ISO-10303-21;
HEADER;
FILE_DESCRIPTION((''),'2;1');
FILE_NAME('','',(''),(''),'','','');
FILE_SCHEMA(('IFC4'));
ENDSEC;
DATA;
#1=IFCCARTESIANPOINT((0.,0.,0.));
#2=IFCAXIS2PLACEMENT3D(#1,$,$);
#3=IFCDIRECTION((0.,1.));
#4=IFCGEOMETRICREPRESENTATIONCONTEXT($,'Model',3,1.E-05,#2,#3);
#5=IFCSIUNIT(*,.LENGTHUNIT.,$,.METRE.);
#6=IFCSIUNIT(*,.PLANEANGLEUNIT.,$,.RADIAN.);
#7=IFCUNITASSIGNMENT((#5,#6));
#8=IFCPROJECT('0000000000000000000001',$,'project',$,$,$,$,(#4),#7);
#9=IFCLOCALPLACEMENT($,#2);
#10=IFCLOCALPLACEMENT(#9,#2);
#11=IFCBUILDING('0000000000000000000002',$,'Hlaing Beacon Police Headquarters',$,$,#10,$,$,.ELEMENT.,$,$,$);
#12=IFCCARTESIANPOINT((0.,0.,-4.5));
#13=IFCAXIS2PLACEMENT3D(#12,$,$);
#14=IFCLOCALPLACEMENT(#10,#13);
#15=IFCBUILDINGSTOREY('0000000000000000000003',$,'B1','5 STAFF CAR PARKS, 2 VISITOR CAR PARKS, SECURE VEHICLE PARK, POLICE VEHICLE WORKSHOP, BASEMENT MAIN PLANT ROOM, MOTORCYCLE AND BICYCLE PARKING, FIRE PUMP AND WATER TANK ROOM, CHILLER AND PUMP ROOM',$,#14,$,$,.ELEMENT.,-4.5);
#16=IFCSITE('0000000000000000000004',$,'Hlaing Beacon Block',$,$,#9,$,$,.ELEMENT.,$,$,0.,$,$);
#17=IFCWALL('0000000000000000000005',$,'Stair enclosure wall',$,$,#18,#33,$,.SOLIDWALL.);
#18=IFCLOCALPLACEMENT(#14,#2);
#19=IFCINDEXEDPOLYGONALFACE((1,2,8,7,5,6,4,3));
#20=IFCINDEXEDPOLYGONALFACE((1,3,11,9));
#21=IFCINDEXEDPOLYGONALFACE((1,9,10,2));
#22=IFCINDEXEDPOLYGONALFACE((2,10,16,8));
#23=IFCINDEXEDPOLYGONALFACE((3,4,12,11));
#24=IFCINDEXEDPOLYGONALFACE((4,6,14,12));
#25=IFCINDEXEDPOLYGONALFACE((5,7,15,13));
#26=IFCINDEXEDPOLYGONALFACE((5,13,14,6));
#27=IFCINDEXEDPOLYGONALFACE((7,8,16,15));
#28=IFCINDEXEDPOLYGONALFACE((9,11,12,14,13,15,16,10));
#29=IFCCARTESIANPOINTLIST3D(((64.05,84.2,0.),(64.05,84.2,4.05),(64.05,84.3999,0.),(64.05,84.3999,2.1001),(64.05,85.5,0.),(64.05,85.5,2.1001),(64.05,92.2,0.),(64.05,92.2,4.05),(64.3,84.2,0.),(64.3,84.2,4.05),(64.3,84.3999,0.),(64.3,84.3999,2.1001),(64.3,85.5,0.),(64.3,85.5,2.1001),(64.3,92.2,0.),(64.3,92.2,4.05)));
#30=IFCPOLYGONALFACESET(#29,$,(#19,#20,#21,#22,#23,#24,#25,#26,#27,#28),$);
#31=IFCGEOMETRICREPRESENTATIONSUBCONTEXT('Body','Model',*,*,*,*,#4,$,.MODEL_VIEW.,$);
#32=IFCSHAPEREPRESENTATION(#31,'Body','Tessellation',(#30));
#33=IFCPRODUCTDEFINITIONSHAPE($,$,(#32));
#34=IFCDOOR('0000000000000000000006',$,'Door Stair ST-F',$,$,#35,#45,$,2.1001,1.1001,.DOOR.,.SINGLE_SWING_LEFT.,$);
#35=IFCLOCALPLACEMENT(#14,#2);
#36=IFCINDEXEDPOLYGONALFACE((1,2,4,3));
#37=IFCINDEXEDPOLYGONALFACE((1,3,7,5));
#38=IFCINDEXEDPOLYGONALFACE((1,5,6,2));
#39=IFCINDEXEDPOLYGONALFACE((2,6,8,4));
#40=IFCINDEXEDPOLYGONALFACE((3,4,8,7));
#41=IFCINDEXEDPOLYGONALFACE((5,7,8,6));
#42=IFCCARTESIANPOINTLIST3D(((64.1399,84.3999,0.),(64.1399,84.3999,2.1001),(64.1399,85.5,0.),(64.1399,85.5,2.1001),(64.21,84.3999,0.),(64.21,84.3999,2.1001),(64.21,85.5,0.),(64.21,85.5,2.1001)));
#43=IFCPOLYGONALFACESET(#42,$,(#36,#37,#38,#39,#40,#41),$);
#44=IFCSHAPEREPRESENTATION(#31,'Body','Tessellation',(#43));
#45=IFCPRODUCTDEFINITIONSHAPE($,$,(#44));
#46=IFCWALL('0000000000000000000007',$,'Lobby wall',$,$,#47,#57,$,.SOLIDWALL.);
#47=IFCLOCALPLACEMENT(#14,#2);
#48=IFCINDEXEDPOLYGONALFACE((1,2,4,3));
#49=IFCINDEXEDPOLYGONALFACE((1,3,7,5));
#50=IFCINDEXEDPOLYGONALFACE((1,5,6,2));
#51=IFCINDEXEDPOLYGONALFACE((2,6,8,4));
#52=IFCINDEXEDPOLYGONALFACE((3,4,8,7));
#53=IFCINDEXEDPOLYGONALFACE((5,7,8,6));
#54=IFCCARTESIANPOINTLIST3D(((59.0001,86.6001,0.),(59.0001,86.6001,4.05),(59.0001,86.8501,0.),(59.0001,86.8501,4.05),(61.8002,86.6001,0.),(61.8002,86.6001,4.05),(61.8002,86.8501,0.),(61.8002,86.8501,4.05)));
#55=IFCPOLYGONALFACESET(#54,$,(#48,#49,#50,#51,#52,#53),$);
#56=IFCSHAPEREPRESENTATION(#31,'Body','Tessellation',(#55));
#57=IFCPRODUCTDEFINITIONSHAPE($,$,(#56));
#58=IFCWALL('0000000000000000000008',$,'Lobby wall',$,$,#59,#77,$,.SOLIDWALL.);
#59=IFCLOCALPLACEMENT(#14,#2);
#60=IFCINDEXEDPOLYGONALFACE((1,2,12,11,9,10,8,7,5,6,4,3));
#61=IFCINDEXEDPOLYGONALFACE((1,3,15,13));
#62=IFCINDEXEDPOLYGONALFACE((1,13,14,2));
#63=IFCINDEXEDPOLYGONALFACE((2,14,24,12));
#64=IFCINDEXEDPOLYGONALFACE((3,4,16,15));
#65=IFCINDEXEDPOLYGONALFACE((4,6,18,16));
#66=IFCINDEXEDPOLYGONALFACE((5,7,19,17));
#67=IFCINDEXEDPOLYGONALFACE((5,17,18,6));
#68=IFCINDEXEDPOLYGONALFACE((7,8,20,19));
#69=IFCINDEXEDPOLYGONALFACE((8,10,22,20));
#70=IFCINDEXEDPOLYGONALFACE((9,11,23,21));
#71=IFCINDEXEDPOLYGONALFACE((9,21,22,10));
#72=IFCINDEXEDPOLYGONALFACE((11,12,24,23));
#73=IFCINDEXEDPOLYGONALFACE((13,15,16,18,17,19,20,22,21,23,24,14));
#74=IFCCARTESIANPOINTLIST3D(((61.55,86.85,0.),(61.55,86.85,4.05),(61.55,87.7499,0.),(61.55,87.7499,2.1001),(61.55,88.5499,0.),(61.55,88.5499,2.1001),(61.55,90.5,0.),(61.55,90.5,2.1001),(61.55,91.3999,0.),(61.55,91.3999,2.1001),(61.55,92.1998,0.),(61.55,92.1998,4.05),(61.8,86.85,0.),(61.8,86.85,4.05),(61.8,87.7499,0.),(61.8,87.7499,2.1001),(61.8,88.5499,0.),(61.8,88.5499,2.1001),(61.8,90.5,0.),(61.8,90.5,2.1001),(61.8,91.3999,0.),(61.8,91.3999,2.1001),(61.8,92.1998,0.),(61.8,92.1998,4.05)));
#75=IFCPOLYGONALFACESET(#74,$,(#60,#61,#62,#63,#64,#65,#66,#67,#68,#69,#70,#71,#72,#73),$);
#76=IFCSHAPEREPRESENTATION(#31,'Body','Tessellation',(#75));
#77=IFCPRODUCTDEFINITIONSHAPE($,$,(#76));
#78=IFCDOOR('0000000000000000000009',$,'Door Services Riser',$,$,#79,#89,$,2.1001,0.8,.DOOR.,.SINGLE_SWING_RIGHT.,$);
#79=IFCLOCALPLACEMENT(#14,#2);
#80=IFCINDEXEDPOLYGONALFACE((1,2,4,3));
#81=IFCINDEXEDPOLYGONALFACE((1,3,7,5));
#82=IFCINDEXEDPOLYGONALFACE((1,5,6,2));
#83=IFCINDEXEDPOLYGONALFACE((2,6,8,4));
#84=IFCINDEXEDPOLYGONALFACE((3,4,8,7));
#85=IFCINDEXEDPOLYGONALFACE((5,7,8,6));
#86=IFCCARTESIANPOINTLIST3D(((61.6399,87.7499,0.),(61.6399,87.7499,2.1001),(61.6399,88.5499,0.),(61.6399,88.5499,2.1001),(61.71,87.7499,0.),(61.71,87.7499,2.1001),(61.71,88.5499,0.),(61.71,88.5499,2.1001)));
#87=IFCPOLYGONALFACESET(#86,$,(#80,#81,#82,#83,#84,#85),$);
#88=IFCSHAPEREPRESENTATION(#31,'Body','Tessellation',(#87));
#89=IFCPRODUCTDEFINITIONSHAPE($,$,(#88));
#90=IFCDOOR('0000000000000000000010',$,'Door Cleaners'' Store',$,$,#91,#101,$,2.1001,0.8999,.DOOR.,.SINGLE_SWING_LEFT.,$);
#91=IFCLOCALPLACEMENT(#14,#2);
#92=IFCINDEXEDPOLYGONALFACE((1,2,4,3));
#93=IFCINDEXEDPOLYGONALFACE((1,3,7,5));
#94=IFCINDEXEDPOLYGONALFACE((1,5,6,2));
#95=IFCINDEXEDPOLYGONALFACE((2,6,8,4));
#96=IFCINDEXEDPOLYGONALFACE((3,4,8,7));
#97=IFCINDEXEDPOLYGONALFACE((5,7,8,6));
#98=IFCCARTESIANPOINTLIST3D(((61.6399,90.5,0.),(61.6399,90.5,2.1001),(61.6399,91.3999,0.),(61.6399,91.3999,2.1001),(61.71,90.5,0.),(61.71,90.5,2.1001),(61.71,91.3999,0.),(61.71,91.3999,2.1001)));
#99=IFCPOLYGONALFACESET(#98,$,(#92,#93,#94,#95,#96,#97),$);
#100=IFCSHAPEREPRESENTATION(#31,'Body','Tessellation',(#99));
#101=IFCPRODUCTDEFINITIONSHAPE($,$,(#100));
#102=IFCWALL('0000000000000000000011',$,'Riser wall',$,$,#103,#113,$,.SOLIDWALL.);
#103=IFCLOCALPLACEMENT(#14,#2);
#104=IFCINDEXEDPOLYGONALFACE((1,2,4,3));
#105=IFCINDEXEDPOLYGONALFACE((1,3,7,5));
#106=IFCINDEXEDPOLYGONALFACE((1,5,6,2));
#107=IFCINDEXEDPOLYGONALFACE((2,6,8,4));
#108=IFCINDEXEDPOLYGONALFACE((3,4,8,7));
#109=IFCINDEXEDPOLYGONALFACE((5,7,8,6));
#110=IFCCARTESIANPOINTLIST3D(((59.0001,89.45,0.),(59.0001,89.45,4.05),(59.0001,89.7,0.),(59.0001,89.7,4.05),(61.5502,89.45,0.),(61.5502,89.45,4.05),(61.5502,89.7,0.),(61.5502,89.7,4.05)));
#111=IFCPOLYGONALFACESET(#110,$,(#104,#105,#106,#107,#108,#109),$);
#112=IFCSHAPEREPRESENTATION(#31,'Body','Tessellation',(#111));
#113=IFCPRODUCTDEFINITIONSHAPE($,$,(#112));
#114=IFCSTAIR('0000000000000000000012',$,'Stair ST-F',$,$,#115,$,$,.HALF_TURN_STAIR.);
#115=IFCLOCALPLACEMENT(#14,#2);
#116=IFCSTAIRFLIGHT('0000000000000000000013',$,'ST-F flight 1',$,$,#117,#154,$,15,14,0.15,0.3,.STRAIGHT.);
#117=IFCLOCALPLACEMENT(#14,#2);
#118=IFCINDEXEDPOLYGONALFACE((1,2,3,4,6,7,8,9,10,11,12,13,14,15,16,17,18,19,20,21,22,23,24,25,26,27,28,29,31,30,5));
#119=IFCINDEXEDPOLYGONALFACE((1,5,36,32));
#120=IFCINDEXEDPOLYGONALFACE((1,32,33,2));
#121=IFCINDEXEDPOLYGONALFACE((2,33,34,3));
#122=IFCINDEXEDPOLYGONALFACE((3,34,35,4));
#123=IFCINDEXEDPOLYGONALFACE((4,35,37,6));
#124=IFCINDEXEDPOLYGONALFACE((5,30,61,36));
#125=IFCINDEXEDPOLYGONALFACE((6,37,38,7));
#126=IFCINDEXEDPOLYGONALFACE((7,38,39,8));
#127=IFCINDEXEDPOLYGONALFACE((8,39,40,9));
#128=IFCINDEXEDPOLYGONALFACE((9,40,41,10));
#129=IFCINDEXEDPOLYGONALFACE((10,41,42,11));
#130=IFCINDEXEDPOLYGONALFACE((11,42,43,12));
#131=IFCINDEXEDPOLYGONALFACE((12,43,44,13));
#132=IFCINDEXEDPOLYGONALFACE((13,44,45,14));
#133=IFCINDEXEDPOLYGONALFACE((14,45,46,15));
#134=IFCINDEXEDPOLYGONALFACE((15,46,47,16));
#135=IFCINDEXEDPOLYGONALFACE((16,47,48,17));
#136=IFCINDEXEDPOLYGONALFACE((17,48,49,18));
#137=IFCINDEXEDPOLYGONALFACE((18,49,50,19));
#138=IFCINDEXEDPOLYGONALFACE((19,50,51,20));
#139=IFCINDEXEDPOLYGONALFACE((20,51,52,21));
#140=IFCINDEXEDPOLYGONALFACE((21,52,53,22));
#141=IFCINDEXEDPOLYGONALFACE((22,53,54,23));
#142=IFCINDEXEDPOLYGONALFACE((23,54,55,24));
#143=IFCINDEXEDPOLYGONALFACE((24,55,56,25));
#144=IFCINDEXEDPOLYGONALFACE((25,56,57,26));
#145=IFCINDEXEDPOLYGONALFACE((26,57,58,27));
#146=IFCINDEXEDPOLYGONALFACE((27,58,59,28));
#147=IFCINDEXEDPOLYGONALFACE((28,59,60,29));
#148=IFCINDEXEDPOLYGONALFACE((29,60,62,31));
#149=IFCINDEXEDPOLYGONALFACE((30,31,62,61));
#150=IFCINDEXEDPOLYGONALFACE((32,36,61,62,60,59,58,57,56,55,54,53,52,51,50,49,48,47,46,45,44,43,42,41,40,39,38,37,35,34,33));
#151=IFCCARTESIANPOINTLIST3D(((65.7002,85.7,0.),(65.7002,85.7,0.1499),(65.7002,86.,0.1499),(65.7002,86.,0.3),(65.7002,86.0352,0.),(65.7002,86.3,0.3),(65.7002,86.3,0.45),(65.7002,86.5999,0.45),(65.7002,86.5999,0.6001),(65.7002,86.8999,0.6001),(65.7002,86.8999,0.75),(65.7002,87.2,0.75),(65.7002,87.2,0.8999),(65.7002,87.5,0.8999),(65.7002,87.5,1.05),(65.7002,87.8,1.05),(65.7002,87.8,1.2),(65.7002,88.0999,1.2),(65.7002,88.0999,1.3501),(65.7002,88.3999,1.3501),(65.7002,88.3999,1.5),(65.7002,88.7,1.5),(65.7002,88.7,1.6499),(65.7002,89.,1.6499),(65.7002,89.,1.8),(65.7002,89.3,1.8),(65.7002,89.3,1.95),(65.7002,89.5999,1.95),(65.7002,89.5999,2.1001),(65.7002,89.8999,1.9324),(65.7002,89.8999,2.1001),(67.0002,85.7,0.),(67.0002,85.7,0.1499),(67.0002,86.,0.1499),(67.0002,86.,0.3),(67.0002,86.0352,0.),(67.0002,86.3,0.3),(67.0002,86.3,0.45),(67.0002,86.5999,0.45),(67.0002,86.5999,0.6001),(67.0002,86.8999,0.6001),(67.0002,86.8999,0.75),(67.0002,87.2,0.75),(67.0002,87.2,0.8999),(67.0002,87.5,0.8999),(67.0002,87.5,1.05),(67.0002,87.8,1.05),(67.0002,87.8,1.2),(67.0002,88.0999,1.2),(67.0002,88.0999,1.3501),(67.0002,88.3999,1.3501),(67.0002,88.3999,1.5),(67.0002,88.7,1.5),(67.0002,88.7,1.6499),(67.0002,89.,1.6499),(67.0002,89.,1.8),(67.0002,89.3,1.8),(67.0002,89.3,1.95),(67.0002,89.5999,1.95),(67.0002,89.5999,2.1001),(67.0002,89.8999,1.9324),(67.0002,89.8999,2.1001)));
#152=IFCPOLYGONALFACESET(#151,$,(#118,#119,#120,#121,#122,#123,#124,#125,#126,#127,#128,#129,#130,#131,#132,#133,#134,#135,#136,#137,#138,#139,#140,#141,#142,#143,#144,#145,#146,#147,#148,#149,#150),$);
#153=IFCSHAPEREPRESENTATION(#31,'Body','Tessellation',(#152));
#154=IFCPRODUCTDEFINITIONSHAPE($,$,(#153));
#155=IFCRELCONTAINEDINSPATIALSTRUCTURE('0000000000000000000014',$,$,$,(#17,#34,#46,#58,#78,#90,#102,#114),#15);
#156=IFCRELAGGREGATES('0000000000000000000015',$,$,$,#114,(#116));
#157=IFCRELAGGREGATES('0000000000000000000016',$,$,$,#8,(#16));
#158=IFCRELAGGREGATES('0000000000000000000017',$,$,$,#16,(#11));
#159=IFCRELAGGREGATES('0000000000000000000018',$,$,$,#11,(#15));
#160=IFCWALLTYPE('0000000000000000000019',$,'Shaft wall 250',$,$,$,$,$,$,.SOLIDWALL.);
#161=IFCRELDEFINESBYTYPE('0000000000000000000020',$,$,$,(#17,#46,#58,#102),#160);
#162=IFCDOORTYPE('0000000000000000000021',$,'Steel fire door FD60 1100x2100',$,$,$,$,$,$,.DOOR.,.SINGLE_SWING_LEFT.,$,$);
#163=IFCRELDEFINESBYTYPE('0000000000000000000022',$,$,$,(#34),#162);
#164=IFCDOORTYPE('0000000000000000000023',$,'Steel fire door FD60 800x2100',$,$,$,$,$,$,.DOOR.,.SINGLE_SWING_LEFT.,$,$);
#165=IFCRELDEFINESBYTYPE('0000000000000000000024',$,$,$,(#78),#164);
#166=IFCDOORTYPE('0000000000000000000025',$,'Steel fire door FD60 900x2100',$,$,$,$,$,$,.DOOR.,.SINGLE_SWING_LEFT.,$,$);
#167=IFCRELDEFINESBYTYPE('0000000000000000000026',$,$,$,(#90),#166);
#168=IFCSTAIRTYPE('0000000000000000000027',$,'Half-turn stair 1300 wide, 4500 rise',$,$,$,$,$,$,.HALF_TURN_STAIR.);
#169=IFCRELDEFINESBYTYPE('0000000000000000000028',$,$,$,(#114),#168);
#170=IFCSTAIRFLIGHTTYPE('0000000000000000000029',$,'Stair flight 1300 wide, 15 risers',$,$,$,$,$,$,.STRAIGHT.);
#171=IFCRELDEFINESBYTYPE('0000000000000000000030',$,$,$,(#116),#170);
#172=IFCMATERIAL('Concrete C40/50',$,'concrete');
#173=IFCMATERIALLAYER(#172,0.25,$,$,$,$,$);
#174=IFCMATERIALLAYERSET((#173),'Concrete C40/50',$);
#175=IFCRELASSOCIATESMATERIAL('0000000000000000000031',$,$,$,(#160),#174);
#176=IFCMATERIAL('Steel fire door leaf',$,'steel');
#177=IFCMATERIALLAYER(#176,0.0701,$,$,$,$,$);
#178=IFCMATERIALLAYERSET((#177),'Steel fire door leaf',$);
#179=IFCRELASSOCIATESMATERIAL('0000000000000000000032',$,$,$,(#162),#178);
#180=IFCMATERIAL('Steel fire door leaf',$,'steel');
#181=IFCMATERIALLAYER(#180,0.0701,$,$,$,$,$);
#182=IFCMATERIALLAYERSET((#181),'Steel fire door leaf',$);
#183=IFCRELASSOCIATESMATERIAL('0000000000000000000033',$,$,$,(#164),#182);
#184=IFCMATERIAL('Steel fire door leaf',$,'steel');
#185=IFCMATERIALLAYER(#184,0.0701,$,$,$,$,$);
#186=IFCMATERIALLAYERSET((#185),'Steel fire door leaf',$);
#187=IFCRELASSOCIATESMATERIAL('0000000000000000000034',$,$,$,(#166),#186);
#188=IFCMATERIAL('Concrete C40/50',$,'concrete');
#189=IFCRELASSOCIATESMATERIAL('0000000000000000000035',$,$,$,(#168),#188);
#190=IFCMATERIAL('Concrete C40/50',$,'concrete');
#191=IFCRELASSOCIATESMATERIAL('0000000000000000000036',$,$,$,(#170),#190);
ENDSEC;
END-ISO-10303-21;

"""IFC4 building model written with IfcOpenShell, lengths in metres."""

from ifc_helpers import new_model, si_unit, direction, frame, frame_2d, origin, place, context, subcontext, project, spatial, polyline, rectangle, outline, extrude, material, layer, layer_set, type_object, element, fill, aggregate, save


model = new_model("IFC4")

# Units and contexts
model_context = context("Model", 3, precision=1e-05, world=origin(), true_north=direction((0.0, 1.0)))
body_context = subcontext(model_context, "Body", "Model", "MODEL_VIEW")
ifc_project = project(units=[si_unit("LENGTHUNIT", "METRE"), si_unit("PLANEANGLEUNIT", "RADIAN")], contexts=[model_context])

# Site, building, storey
site_placement = place(None, origin())
site = spatial("IfcSite", under=ifc_project, at=site_placement, Name="Hlaing Beacon Block", CompositionType="ELEMENT", RefElevation=0.0)
building_placement = place(site_placement, origin())
building = spatial("IfcBuilding", under=site, at=building_placement, Name="Hlaing Beacon Police Headquarters", CompositionType="ELEMENT")
storey_placement = place(building_placement, frame((0.0, 0.0, -4.5)))
storey = spatial("IfcBuildingStorey", under=building, at=storey_placement, Name="B1", Description="5 STAFF CAR PARKS, 2 VISITOR CAR PARKS, SECURE VEHICLE PARK, POLICE VEHICLE WORKSHOP, BASEMENT MAIN PLANT ROOM, MOTORCYCLE AND BICYCLE PARKING, FIRE PUMP AND WATER TANK ROOM, CHILLER AND PUMP ROOM", CompositionType="ELEMENT", Elevation=-4.5)

# Wall, opening, door
ifc_material_1 = material(Name="Concrete C40/50", Category="concrete")
ifc_layer_1 = layer(ifc_material_1, 0.25)
ifc_layer_set_1 = layer_set([ifc_layer_1], Name="Concrete C40/50")
wall_type_1 = type_object("IfcWallType", Name="Shaft wall 250", PredefinedType="SOLIDWALL", material=ifc_layer_set_1)
wall_1_placement = place(storey_placement, frame((64.175, 84.2, 0.0), z_axis=(0.0, 0.0, 1.0), x_axis=(0.0, 1.0, 0.0)))
wall_1 = element("IfcWall", 1, at=wall_1_placement, inside=storey, type_object=wall_type_1, Name="Stair enclosure wall", PredefinedType="SOLIDWALL", context=body_context, shape_type="SweptSolid", body=[
    extrude(rectangle(XDim=8.0, YDim=0.25, at=frame_2d((4.0, 0.0))), origin(), (0.0, 0.0, 1.0), 4.05),
])
opening_1_placement = place(wall_1_placement, frame((0.2, 0.0, 0.0)))
opening_1 = element("IfcOpeningElement", 2, at=opening_1_placement, cuts=wall_1, PredefinedType="OPENING", context=body_context, shape_type="SweptSolid", body=[
    extrude(rectangle(XDim=1.1001, YDim=2.1001, at=frame_2d((0.55, 1.05))), frame((0.0, 0.135, 0.0), z_axis=(0.0, -1.0, 0.0), x_axis=(1.0, 0.0, 0.0)), (0.0, 0.0, 1.0), 0.27),
])
ifc_material_2 = material(Name="Steel fire door leaf", Category="steel")
ifc_layer_2 = layer(ifc_material_2, 0.0701)
ifc_layer_set_2 = layer_set([ifc_layer_2], Name="Steel fire door leaf")
door_type_1 = type_object("IfcDoorType", Name="Steel fire door FD60 1100x2100", OperationType="SINGLE_SWING_LEFT", PredefinedType="DOOR", material=ifc_layer_set_2)
door_1_placement = place(opening_1_placement, frame((1.1001, 0.0, 0.0), z_axis=(0.0, 0.0, 1.0), x_axis=(-1.0, 0.0, 0.0)))
door_1 = element("IfcDoor", 3, at=door_1_placement, inside=storey, type_object=door_type_1, Name="Door Stair ST-F", OperationType="SINGLE_SWING_LEFT", OverallHeight=2.1001, OverallWidth=1.1001, PredefinedType="DOOR", context=body_context, shape_type="SweptSolid", body=[
    extrude(rectangle(XDim=1.1001, YDim=2.1001, at=frame_2d((0.55, 1.05))), frame((0.0, 0.0349, 0.0), z_axis=(0.0, -1.0, 0.0), x_axis=(1.0, 0.0, 0.0)), (0.0, 0.0, 1.0), 0.0701),
])
fill(opening_1, door_1)

# Wall
wall_2_placement = place(storey_placement, frame((61.8, 86.7251, 0.0), z_axis=(0.0, 0.0, 1.0), x_axis=(-1.0, 0.0, 0.0)))
element("IfcWall", 4, at=wall_2_placement, inside=storey, type_object=wall_type_1, Name="Lobby wall", PredefinedType="SOLIDWALL", context=body_context, shape_type="SweptSolid", body=[
    extrude(rectangle(XDim=2.8, YDim=0.25, at=frame_2d((1.3999, 0.0))), origin(), (0.0, 0.0, 1.0), 4.05),
])

# Wall, openings, doors
wall_3_placement = place(storey_placement, frame((61.675, 86.8501, 0.0), z_axis=(0.0, 0.0, 1.0), x_axis=(0.0, 1.0, 0.0)))
wall_3 = element("IfcWall", 5, at=wall_3_placement, inside=storey, type_object=wall_type_1, Name="Lobby wall", PredefinedType="SOLIDWALL", context=body_context, shape_type="SweptSolid", body=[
    extrude(rectangle(XDim=5.3499, YDim=0.25, at=frame_2d((2.6748, 0.0))), origin(), (0.0, 0.0, 1.0), 4.05),
])
opening_2_placement = place(wall_3_placement, frame((3.6499, 0.0, 0.0)))
opening_2 = element("IfcOpeningElement", 6, at=opening_2_placement, cuts=wall_3, PredefinedType="OPENING", context=body_context, shape_type="SweptSolid", body=[
    extrude(rectangle(XDim=0.8999, YDim=2.1001, at=frame_2d((0.45, 1.05))), frame((0.0, 0.135, 0.0), z_axis=(0.0, -1.0, 0.0), x_axis=(1.0, 0.0, 0.0)), (0.0, 0.0, 1.0), 0.27),
])
opening_3_placement = place(wall_3_placement, frame((0.8999, 0.0, 0.0)))
opening_3 = element("IfcOpeningElement", 7, at=opening_3_placement, cuts=wall_3, PredefinedType="OPENING", context=body_context, shape_type="SweptSolid", body=[
    extrude(rectangle(XDim=0.8, YDim=2.1001, at=frame_2d((0.3999, 1.05))), frame((0.0, 0.135, 0.0), z_axis=(0.0, -1.0, 0.0), x_axis=(1.0, 0.0, 0.0)), (0.0, 0.0, 1.0), 0.27),
])
ifc_material_3 = material(Name="Steel fire door leaf", Category="steel")
ifc_layer_3 = layer(ifc_material_3, 0.0701)
ifc_layer_set_3 = layer_set([ifc_layer_3], Name="Steel fire door leaf")
door_type_2 = type_object("IfcDoorType", Name="Steel fire door FD60 800x2100", OperationType="SINGLE_SWING_LEFT", PredefinedType="DOOR", material=ifc_layer_set_3)
door_2_placement = place(opening_3_placement, origin())
door_2 = element("IfcDoor", 8, at=door_2_placement, inside=storey, type_object=door_type_2, Name="Door Services Riser", OperationType="SINGLE_SWING_RIGHT", OverallHeight=2.1001, OverallWidth=0.8, PredefinedType="DOOR", context=body_context, shape_type="SweptSolid", body=[
    extrude(rectangle(XDim=0.8, YDim=2.1001, at=frame_2d((0.3999, 1.05))), frame((0.0, 0.0352, 0.0), z_axis=(0.0, -1.0, 0.0), x_axis=(1.0, 0.0, 0.0)), (0.0, 0.0, 1.0), 0.0701),
])
fill(opening_3, door_2)
ifc_material_4 = material(Name="Steel fire door leaf", Category="steel")
ifc_layer_4 = layer(ifc_material_4, 0.0701)
ifc_layer_set_4 = layer_set([ifc_layer_4], Name="Steel fire door leaf")
door_type_3 = type_object("IfcDoorType", Name="Steel fire door FD60 900x2100", OperationType="SINGLE_SWING_LEFT", PredefinedType="DOOR", material=ifc_layer_set_4)
door_3_placement = place(opening_2_placement, origin())
door_3 = element("IfcDoor", 9, at=door_3_placement, inside=storey, type_object=door_type_3, Name="Door Cleaners' Store", OperationType="SINGLE_SWING_LEFT", OverallHeight=2.1001, OverallWidth=0.8999, PredefinedType="DOOR", context=body_context, shape_type="SweptSolid", body=[
    extrude(rectangle(XDim=0.8999, YDim=2.1001, at=frame_2d((0.45, 1.05))), frame((0.0, 0.0352, 0.0), z_axis=(0.0, -1.0, 0.0), x_axis=(1.0, 0.0, 0.0)), (0.0, 0.0, 1.0), 0.0701),
])
fill(opening_2, door_3)

# Wall
wall_4_placement = place(storey_placement, frame((61.55, 89.575, 0.0), z_axis=(0.0, 0.0, 1.0), x_axis=(-1.0, 0.0, 0.0)))
element("IfcWall", 10, at=wall_4_placement, inside=storey, type_object=wall_type_1, Name="Riser wall", PredefinedType="SOLIDWALL", context=body_context, shape_type="SweptSolid", body=[
    extrude(rectangle(XDim=2.55, YDim=0.25, at=frame_2d((1.2749, 0.0))), origin(), (0.0, 0.0, 1.0), 4.05),
])

# Stair, stair flight
ifc_material_5 = material(Name="Concrete C40/50", Category="concrete")
stair_type = type_object("IfcStairType", Name="Half-turn stair 1300 wide, 4500 rise", PredefinedType="HALF_TURN_STAIR", material=ifc_material_5)
stair_placement = place(storey_placement, origin())
stair = element("IfcStair", 11, at=stair_placement, inside=storey, type_object=stair_type, Name="Stair ST-F", PredefinedType="HALF_TURN_STAIR")
ifc_material_6 = material(Name="Concrete C40/50", Category="concrete")
stair_flight_type = type_object("IfcStairFlightType", Name="Stair flight 1300 wide, 15 risers", PredefinedType="STRAIGHT", material=ifc_material_6)
stair_flight_placement = place(storey_placement, frame((66.3501, 85.7, 0.0), z_axis=(0.0, 0.0, 1.0), x_axis=(0.0, 1.0, 0.0)))
stair_flight = element("IfcStairFlight", 12, at=stair_flight_placement, type_object=stair_flight_type, Name="ST-F flight 1", NumberOfRisers=15, NumberOfTreads=14, PredefinedType="STRAIGHT", RiserHeight=0.15, TreadLength=0.3, context=body_context, shape_type="SweptSolid", body=[
    extrude(outline(polyline([(0.0, 0.0), (0.0, 0.1499), (0.3, 0.1499), (0.3, 0.3), (0.6001, 0.3), (0.6001, 0.45), (0.8999, 0.45), (0.8999, 0.6001), (1.2, 0.6001), (1.2, 0.75), (1.5, 0.75), (1.5, 0.8999), (1.8, 0.8999), (1.8, 1.05), (2.1001, 1.05), (2.1001, 1.2), (2.3999, 1.2), (2.3999, 1.3501), (2.7, 1.3501), (2.7, 1.5), (3.0, 1.5), (3.0, 1.6499), (3.3, 1.6499), (3.3, 1.8), (3.6001, 1.8), (3.6001, 1.95), (3.8999, 1.95), (3.8999, 2.1001), (4.2, 2.1001), (4.2, 2.25), (4.2, 1.9324), (0.3352, 0.0), (0.0, 0.0)])), frame((0.0, 0.6499, 0.0), z_axis=(0.0, -1.0, 0.0), x_axis=(1.0, 0.0, 0.0)), (0.0, 0.0, 1.0), 1.3),
])
aggregate(stair, [stair_flight])

save(model, "model.ifc")
